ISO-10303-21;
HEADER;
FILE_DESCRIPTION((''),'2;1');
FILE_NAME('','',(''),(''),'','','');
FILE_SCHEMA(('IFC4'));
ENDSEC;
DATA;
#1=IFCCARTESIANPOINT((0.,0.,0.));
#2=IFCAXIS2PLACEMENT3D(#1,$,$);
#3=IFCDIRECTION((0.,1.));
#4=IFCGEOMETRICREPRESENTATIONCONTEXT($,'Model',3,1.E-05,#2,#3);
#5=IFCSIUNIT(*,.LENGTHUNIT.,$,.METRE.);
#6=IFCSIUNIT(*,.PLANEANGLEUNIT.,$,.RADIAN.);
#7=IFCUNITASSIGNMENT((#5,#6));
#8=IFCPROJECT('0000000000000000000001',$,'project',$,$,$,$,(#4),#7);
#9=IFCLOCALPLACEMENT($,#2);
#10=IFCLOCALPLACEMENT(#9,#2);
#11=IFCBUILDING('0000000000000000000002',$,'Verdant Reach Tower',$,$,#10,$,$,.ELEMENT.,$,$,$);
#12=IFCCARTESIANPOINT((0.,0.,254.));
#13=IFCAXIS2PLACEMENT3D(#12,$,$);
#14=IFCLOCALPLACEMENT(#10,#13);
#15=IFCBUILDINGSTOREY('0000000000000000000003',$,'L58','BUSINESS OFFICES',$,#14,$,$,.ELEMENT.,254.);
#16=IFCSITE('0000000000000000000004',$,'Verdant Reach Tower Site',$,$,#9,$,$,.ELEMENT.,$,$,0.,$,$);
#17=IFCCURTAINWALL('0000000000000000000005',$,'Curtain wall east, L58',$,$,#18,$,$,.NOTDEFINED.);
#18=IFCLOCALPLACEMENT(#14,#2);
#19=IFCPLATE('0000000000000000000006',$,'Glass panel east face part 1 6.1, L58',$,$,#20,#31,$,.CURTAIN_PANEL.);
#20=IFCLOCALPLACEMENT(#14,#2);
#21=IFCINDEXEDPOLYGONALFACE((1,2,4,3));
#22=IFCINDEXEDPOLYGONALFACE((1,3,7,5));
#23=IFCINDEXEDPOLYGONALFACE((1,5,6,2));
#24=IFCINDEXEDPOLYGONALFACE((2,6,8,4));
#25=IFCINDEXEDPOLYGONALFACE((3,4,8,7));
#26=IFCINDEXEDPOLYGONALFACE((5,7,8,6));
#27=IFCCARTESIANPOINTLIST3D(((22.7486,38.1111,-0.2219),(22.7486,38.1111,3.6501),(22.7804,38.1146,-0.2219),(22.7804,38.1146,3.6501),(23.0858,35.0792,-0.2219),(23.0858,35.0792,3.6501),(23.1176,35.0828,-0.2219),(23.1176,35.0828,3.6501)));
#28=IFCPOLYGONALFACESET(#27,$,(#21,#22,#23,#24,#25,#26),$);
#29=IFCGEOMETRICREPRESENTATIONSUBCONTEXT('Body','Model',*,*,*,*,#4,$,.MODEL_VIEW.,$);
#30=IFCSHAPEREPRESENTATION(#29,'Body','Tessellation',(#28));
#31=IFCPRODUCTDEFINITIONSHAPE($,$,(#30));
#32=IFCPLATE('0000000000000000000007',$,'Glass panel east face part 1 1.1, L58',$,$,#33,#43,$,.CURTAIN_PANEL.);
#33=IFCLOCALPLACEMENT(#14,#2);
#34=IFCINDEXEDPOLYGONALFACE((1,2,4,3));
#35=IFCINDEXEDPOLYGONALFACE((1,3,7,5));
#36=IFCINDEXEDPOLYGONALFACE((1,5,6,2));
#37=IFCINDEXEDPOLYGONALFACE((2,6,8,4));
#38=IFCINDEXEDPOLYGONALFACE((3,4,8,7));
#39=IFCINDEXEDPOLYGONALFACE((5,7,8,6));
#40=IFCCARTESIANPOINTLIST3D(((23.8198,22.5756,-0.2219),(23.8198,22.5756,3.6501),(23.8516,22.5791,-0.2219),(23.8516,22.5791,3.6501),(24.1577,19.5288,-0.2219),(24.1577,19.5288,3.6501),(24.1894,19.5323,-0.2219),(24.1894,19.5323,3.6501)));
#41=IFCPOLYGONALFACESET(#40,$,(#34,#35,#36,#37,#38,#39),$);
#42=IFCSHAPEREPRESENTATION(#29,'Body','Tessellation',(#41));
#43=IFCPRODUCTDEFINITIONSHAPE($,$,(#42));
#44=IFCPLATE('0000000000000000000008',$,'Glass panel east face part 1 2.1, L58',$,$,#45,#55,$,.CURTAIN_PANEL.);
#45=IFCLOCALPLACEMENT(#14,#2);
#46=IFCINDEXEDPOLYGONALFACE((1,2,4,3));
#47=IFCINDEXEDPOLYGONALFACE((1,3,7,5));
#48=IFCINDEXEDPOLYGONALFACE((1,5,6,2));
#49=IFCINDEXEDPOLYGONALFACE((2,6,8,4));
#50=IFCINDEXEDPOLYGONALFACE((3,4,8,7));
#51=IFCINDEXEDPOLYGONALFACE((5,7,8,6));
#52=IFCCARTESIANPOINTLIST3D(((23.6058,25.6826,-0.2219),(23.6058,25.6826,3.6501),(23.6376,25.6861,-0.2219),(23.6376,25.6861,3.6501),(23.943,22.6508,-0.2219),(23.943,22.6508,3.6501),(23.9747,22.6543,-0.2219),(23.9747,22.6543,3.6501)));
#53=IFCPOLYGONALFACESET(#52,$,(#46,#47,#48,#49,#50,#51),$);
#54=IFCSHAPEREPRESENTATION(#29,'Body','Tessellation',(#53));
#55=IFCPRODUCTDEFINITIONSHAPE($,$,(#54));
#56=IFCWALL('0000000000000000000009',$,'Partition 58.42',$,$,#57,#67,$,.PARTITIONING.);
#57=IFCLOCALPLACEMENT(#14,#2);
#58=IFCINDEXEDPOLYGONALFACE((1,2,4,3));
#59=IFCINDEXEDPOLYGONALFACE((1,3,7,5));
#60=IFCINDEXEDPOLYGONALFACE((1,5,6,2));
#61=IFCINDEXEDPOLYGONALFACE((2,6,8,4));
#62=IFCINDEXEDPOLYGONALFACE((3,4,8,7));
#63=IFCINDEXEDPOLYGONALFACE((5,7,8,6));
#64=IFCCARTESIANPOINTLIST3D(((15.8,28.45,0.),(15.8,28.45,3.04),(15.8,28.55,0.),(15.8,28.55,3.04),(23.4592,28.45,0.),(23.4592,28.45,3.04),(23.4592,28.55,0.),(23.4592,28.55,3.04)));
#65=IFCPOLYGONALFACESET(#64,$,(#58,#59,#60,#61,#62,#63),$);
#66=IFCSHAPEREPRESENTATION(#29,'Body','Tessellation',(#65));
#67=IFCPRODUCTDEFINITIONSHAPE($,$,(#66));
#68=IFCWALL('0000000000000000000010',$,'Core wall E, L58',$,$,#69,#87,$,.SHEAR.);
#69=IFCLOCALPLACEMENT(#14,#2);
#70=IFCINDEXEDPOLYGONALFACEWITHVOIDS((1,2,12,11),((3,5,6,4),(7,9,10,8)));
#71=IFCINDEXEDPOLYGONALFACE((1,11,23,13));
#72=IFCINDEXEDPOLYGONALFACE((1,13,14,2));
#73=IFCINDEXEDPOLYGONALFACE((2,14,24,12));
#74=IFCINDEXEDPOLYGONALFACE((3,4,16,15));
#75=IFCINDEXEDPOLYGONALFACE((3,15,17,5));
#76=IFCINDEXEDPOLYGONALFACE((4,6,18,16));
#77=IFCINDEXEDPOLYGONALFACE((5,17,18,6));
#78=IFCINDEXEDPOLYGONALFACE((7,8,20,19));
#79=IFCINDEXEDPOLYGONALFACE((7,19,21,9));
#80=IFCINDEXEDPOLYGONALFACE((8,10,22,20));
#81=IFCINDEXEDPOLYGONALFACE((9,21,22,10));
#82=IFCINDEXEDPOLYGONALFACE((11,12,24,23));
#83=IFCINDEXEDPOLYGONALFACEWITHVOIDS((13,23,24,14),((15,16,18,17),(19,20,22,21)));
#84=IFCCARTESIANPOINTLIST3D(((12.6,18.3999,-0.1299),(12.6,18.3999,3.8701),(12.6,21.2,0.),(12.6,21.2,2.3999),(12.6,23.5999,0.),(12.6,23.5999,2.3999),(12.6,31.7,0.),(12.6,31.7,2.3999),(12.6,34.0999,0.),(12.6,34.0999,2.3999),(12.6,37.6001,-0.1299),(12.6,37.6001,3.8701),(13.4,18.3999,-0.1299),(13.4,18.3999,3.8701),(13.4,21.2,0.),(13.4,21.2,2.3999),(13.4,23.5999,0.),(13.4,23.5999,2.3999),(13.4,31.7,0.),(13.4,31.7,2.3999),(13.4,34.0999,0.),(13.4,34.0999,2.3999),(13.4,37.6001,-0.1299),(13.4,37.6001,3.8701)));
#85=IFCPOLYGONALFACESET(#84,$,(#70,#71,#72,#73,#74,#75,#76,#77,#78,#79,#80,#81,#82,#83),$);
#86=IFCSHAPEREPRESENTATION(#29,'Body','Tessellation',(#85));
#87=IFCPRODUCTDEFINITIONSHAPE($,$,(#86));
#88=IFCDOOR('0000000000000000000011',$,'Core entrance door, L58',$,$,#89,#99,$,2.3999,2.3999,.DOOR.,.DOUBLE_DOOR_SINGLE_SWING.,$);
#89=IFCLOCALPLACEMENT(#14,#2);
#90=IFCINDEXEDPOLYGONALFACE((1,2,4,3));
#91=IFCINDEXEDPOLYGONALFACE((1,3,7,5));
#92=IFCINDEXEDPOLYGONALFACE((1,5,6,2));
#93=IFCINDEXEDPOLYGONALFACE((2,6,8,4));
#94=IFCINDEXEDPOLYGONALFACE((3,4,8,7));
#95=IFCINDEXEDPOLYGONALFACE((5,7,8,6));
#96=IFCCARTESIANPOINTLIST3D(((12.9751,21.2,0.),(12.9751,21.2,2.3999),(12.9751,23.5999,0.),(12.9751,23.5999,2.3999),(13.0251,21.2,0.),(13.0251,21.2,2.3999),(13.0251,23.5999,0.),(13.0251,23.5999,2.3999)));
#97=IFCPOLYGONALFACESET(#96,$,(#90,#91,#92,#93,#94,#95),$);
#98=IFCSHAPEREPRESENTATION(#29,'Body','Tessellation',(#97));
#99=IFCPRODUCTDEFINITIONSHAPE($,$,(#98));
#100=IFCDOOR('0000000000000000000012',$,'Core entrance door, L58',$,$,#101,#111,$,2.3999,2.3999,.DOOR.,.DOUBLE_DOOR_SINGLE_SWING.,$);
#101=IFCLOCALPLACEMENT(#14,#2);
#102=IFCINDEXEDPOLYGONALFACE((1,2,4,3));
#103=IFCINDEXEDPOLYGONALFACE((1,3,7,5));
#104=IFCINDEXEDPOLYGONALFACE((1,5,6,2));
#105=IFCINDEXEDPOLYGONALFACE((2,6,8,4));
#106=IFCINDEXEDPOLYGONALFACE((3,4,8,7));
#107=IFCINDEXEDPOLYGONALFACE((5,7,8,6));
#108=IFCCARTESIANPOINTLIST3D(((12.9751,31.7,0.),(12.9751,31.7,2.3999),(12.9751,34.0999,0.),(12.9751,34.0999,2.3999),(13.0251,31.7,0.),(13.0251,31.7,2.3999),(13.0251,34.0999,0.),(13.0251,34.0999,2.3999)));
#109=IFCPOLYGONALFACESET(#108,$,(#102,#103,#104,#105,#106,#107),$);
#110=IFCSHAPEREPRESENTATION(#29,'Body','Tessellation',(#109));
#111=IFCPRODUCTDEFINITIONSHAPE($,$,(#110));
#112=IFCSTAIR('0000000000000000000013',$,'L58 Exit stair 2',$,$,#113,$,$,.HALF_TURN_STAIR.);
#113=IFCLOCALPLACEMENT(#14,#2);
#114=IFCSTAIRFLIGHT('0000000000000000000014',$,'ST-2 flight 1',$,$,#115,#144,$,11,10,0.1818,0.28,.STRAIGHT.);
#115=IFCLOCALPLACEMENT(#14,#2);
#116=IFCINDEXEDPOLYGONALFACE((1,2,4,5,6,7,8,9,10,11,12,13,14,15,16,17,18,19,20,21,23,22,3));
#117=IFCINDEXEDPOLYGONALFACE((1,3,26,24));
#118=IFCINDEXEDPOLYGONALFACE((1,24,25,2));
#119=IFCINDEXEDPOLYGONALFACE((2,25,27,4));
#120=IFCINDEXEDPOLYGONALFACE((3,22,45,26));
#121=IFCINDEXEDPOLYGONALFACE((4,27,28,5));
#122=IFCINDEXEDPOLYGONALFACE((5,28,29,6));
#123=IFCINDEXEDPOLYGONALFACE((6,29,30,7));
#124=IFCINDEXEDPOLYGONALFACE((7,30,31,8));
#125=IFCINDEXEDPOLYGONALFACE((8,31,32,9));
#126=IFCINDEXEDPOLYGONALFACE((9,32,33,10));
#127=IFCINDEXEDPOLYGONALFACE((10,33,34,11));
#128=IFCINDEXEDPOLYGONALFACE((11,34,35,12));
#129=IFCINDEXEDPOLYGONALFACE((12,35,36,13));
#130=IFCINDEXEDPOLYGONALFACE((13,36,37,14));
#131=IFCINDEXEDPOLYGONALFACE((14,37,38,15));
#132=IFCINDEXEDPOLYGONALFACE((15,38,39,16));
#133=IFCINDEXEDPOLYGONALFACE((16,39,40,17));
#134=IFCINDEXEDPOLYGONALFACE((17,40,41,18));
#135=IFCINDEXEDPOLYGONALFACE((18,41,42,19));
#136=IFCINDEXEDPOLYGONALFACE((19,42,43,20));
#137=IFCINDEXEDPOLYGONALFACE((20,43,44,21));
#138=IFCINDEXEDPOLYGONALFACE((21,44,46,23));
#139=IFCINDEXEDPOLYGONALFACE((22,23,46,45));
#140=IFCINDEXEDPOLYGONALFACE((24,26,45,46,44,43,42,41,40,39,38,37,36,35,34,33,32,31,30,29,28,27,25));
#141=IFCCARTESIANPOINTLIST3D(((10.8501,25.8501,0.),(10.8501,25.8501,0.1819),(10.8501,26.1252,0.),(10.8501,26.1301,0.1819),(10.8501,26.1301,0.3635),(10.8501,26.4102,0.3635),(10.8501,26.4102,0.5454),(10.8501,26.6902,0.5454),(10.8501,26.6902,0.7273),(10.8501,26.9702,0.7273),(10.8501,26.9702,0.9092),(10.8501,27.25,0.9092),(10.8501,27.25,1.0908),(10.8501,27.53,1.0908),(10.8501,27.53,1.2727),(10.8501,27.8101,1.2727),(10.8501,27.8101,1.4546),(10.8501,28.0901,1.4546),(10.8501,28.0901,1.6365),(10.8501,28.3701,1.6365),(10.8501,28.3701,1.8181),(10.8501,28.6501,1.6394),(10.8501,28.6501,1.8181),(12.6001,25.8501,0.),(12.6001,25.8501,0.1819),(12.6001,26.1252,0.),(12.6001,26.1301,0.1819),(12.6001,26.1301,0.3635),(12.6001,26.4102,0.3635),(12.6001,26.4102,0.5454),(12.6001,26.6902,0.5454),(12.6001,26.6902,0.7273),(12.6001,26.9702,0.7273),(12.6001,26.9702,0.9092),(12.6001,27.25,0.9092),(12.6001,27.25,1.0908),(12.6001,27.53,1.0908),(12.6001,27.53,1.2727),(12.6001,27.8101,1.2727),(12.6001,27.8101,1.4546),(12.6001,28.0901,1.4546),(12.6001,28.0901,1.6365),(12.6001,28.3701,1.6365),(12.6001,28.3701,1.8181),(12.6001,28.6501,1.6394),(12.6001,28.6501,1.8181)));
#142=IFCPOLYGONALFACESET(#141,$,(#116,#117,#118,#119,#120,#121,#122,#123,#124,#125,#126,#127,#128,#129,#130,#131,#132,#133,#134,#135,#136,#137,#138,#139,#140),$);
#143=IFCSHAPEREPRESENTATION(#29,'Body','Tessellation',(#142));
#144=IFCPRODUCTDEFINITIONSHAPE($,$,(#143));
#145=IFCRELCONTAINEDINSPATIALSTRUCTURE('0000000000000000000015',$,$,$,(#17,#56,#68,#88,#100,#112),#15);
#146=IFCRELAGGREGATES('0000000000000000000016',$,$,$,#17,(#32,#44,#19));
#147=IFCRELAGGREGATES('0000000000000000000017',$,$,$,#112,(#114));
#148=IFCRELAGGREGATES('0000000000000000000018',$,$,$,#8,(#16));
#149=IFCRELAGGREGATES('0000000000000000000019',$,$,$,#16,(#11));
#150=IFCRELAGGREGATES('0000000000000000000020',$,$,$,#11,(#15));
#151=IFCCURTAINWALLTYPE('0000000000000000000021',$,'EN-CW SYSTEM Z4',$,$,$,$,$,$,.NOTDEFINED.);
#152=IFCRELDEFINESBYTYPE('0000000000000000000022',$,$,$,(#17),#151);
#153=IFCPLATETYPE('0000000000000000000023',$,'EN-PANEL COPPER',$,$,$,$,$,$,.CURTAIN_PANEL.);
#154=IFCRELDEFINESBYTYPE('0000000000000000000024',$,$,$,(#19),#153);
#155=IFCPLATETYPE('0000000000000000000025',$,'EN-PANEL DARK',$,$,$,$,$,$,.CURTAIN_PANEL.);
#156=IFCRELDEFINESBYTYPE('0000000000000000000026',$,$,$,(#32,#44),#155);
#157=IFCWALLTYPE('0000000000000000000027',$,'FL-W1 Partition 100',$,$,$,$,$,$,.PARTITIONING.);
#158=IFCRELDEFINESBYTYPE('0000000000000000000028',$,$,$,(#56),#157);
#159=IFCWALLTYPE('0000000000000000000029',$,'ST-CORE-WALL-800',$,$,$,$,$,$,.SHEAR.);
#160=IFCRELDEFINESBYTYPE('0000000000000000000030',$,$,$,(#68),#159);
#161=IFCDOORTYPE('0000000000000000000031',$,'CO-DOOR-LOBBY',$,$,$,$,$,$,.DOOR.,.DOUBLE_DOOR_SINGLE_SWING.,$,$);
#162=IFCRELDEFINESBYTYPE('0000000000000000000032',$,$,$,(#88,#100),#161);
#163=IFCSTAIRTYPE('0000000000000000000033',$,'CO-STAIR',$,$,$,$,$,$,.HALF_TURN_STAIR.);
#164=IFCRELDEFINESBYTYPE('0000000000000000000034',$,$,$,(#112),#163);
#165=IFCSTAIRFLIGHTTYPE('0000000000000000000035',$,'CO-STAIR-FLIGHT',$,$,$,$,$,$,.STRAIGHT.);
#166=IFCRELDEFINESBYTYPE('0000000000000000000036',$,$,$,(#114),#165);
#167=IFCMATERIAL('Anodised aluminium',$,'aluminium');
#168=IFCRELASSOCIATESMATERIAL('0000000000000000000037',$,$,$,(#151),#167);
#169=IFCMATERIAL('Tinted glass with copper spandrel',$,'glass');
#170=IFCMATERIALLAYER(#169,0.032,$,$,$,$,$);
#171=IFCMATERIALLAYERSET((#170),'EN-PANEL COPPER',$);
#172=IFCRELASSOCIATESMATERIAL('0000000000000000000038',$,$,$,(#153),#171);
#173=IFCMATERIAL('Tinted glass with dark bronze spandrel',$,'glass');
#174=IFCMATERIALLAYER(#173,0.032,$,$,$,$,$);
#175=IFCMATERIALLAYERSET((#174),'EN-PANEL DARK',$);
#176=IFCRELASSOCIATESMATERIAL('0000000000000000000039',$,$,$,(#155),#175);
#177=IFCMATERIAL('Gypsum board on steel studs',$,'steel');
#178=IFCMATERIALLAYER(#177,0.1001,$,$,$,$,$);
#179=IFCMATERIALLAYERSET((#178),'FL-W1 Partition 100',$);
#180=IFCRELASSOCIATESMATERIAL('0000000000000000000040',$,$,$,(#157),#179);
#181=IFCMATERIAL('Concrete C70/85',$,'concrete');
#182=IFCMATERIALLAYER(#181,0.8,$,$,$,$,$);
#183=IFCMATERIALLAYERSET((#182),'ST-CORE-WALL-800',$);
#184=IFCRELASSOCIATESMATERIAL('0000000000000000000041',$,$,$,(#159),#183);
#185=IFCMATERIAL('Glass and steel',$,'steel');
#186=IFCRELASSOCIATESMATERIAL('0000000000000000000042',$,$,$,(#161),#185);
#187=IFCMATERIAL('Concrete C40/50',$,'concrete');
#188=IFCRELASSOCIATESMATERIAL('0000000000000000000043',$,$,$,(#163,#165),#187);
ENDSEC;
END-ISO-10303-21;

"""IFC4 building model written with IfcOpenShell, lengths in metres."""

from ifc_helpers import new_model, si_unit, direction, frame, frame_2d, origin, origin_2d, place, context, subcontext, project, spatial, polyline, rectangle, outline, extrude, material, layer, layer_set, type_object, element, fill, aggregate, save


model = new_model("IFC4")

# Units and contexts
model_context = context("Model", 3, precision=1e-05, world=origin(), true_north=direction((0.0, 1.0)))
body_context = subcontext(model_context, "Body", "Model", "MODEL_VIEW")
ifc_project = project(units=[si_unit("LENGTHUNIT", "METRE"), si_unit("PLANEANGLEUNIT", "RADIAN")], contexts=[model_context])

# Site, building, storey
site_placement = place(None, origin())
site = spatial("IfcSite", under=ifc_project, at=site_placement, Name="Verdant Reach Tower Site", CompositionType="ELEMENT", RefElevation=0.0)
building_placement = place(site_placement, origin())
building = spatial("IfcBuilding", under=site, at=building_placement, Name="Verdant Reach Tower", CompositionType="ELEMENT")
storey_placement = place(building_placement, frame((0.0, 0.0, 254.0)))
storey = spatial("IfcBuildingStorey", under=building, at=storey_placement, Name="L58", Description="BUSINESS OFFICES", CompositionType="ELEMENT", Elevation=254.0)

# Curtain wall
ifc_material_1 = material(Name="Anodised aluminium", Category="aluminium")
curtain_wall_type = type_object("IfcCurtainWallType", Name="EN-CW SYSTEM Z4", PredefinedType="NOTDEFINED", material=ifc_material_1)
curtain_wall_placement = place(storey_placement, origin())
curtain_wall = element("IfcCurtainWall", 1, at=curtain_wall_placement, inside=storey, type_object=curtain_wall_type, Name="Curtain wall east, L58", PredefinedType="NOTDEFINED")

# Plates
ifc_material_2 = material(Name="Tinted glass with copper spandrel", Category="glass")
ifc_layer_1 = layer(ifc_material_2, 0.032)
ifc_layer_set_1 = layer_set([ifc_layer_1], Name="EN-PANEL COPPER")
plate_type_1 = type_object("IfcPlateType", Name="EN-PANEL COPPER", PredefinedType="CURTAIN_PANEL", material=ifc_layer_set_1)
plate_1_placement = place(storey_placement, frame((22.9331, 36.5969, -0.2219), z_axis=(0.0, 0.0, 1.0), x_axis=(-0.110518, 0.993874, 0.0)))
plate_1 = element("IfcPlate", 2, at=plate_1_placement, type_object=plate_type_1, Name="Glass panel east face part 1 6.1, L58", PredefinedType="CURTAIN_PANEL", context=body_context, shape_type="SweptSolid", body=[
    extrude(rectangle(XDim=3.0505, YDim=0.032, at=origin_2d()), origin(), (0.0, 0.0, 1.0), 3.8721),
])
ifc_material_3 = material(Name="Tinted glass with dark bronze spandrel", Category="glass")
ifc_layer_2 = layer(ifc_material_3, 0.032)
ifc_layer_set_2 = layer_set([ifc_layer_2], Name="EN-PANEL DARK")
plate_type_2 = type_object("IfcPlateType", Name="EN-PANEL DARK", PredefinedType="CURTAIN_PANEL", material=ifc_layer_set_2)
plate_2_placement = place(storey_placement, frame((24.0046, 21.054, -0.2219), z_axis=(0.0, 0.0, 1.0), x_axis=(-0.110206, 0.993909, 0.0)))
plate_2 = element("IfcPlate", 3, at=plate_2_placement, type_object=plate_type_2, Name="Glass panel east face part 1 1.1, L58", PredefinedType="CURTAIN_PANEL", context=body_context, shape_type="SweptSolid", body=[
    extrude(rectangle(XDim=3.0654, YDim=0.032, at=origin_2d()), origin(), (0.0, 0.0, 1.0), 3.8721),
])
plate_3_placement = place(storey_placement, frame((23.7903, 24.1685, -0.2219), z_axis=(0.0, 0.0, 1.0), x_axis=(-0.110518, 0.993874, 0.0)))
plate_3 = element("IfcPlate", 4, at=plate_3_placement, type_object=plate_type_2, Name="Glass panel east face part 1 2.1, L58", PredefinedType="CURTAIN_PANEL", context=body_context, shape_type="SweptSolid", body=[
    extrude(rectangle(XDim=3.0505, YDim=0.032, at=origin_2d()), origin(), (0.0, 0.0, 1.0), 3.8721),
])
aggregate(curtain_wall, [plate_2, plate_3, plate_1])

# Wall
ifc_material_4 = material(Name="Gypsum board on steel studs", Category="steel")
ifc_layer_3 = layer(ifc_material_4, 0.1001)
ifc_layer_set_3 = layer_set([ifc_layer_3], Name="FL-W1 Partition 100")
wall_type_1 = type_object("IfcWallType", Name="FL-W1 Partition 100", PredefinedType="PARTITIONING", material=ifc_layer_set_3)
wall_1_placement = place(storey_placement, frame((23.4592, 28.5, 0.0), z_axis=(0.0, 0.0, 1.0), x_axis=(-1.0, 0.0, 0.0)))
element("IfcWall", 5, at=wall_1_placement, inside=storey, type_object=wall_type_1, Name="Partition 58.42", PredefinedType="PARTITIONING", context=body_context, shape_type="SweptSolid", body=[
    extrude(rectangle(XDim=7.6592, YDim=0.1001, at=frame_2d((3.8296, 0.0))), origin(), (0.0, 0.0, 1.0), 3.04),
])

# Wall, openings, doors
ifc_material_5 = material(Name="Concrete C70/85", Category="concrete")
ifc_layer_4 = layer(ifc_material_5, 0.8)
ifc_layer_set_4 = layer_set([ifc_layer_4], Name="ST-CORE-WALL-800")
wall_type_2 = type_object("IfcWallType", Name="ST-CORE-WALL-800", PredefinedType="SHEAR", material=ifc_layer_set_4)
wall_2_placement = place(storey_placement, frame((13.0, 18.3999, -0.1299), z_axis=(0.0, 0.0, 1.0), x_axis=(0.0, 1.0, 0.0)))
wall_2 = element("IfcWall", 6, at=wall_2_placement, inside=storey, type_object=wall_type_2, Name="Core wall E, L58", PredefinedType="SHEAR", context=body_context, shape_type="SweptSolid", body=[
    extrude(rectangle(XDim=19.2002, YDim=0.8, at=frame_2d((9.6001, 0.0))), origin(), (0.0, 0.0, 1.0), 4.0),
])
opening_1_placement = place(wall_2_placement, frame((2.8, 0.0, 0.1299)))
opening_1 = element("IfcOpeningElement", 7, at=opening_1_placement, cuts=wall_2, PredefinedType="OPENING", context=body_context, shape_type="SweptSolid", body=[
    extrude(rectangle(XDim=2.3999, YDim=2.3999, at=frame_2d((1.2, 1.2))), frame((0.0, 0.4099, 0.0), z_axis=(0.0, -1.0, 0.0), x_axis=(1.0, 0.0, 0.0)), (0.0, 0.0, 1.0), 0.8201),
])
opening_2_placement = place(wall_2_placement, frame((13.3, 0.0, 0.1299)))
opening_2 = element("IfcOpeningElement", 8, at=opening_2_placement, cuts=wall_2, PredefinedType="OPENING", context=body_context, shape_type="SweptSolid", body=[
    extrude(rectangle(XDim=2.3999, YDim=2.3999, at=frame_2d((1.2, 1.2))), frame((0.0, 0.4099, 0.0), z_axis=(0.0, -1.0, 0.0), x_axis=(1.0, 0.0, 0.0)), (0.0, 0.0, 1.0), 0.8201),
])
ifc_material_6 = material(Name="Glass and steel", Category="steel")
door_type = type_object("IfcDoorType", Name="CO-DOOR-LOBBY", OperationType="DOUBLE_DOOR_SINGLE_SWING", PredefinedType="DOOR", material=ifc_material_6)
door_1_placement = place(opening_1_placement, origin())
door_1 = element("IfcDoor", 9, at=door_1_placement, inside=storey, type_object=door_type, Name="Core entrance door, L58", OperationType="DOUBLE_DOOR_SINGLE_SWING", OverallHeight=2.3999, OverallWidth=2.3999, PredefinedType="DOOR", context=body_context, shape_type="SweptSolid", body=[
    extrude(rectangle(XDim=2.3999, YDim=2.3999, at=frame_2d((1.2, 1.2))), frame((0.0, 0.0249, 0.0), z_axis=(0.0, -1.0, 0.0), x_axis=(1.0, 0.0, 0.0)), (0.0, 0.0, 1.0), 0.05),
])
fill(opening_1, door_1)
door_2_placement = place(opening_2_placement, origin())
door_2 = element("IfcDoor", 10, at=door_2_placement, inside=storey, type_object=door_type, Name="Core entrance door, L58", OperationType="DOUBLE_DOOR_SINGLE_SWING", OverallHeight=2.3999, OverallWidth=2.3999, PredefinedType="DOOR", context=body_context, shape_type="SweptSolid", body=[
    extrude(rectangle(XDim=2.3999, YDim=2.3999, at=frame_2d((1.2, 1.2))), frame((0.0, 0.0249, 0.0), z_axis=(0.0, -1.0, 0.0), x_axis=(1.0, 0.0, 0.0)), (0.0, 0.0, 1.0), 0.05),
])
fill(opening_2, door_2)

# Stair, stair flight
ifc_material_7 = material(Name="Concrete C40/50", Category="concrete")
stair_type = type_object("IfcStairType", Name="CO-STAIR", PredefinedType="HALF_TURN_STAIR", material=ifc_material_7)
stair_placement = place(storey_placement, origin())
stair = element("IfcStair", 11, at=stair_placement, inside=storey, type_object=stair_type, Name="L58 Exit stair 2", PredefinedType="HALF_TURN_STAIR")
stair_flight_type = type_object("IfcStairFlightType", Name="CO-STAIR-FLIGHT", PredefinedType="STRAIGHT", material=ifc_material_7)
stair_flight_placement = place(storey_placement, frame((11.7251, 25.8501, 0.0), z_axis=(0.0, 0.0, 1.0), x_axis=(0.0, 1.0, 0.0)))
stair_flight = element("IfcStairFlight", 12, at=stair_flight_placement, type_object=stair_flight_type, Name="ST-2 flight 1", NumberOfRisers=11, NumberOfTreads=10, PredefinedType="STRAIGHT", RiserHeight=0.1818, TreadLength=0.28, context=body_context, shape_type="SweptSolid", body=[
    extrude(outline(polyline([(0.0, 0.0), (0.0, 0.1819), (0.28, 0.1819), (0.28, 0.3635), (0.5601, 0.3635), (0.5601, 0.5454), (0.8401, 0.5454), (0.8401, 0.7273), (1.1201, 0.7273), (1.1201, 0.9092), (1.3999, 0.9092), (1.3999, 1.0908), (1.6799, 1.0908), (1.6799, 1.2727), (1.96, 1.2727), (1.96, 1.4546), (2.24, 1.4546), (2.24, 1.6365), (2.52, 1.6365), (2.52, 1.8181), (2.8, 1.8181), (2.8, 2.0), (2.8, 1.6394), (0.2751, 0.0), (0.0, 0.0)])), frame((0.0, 0.875, 0.0), z_axis=(0.0, -1.0, 0.0), x_axis=(1.0, 0.0, 0.0)), (0.0, 0.0, 1.0), 1.75),
])
aggregate(stair, [stair_flight])

save(model, "model.ifc")
